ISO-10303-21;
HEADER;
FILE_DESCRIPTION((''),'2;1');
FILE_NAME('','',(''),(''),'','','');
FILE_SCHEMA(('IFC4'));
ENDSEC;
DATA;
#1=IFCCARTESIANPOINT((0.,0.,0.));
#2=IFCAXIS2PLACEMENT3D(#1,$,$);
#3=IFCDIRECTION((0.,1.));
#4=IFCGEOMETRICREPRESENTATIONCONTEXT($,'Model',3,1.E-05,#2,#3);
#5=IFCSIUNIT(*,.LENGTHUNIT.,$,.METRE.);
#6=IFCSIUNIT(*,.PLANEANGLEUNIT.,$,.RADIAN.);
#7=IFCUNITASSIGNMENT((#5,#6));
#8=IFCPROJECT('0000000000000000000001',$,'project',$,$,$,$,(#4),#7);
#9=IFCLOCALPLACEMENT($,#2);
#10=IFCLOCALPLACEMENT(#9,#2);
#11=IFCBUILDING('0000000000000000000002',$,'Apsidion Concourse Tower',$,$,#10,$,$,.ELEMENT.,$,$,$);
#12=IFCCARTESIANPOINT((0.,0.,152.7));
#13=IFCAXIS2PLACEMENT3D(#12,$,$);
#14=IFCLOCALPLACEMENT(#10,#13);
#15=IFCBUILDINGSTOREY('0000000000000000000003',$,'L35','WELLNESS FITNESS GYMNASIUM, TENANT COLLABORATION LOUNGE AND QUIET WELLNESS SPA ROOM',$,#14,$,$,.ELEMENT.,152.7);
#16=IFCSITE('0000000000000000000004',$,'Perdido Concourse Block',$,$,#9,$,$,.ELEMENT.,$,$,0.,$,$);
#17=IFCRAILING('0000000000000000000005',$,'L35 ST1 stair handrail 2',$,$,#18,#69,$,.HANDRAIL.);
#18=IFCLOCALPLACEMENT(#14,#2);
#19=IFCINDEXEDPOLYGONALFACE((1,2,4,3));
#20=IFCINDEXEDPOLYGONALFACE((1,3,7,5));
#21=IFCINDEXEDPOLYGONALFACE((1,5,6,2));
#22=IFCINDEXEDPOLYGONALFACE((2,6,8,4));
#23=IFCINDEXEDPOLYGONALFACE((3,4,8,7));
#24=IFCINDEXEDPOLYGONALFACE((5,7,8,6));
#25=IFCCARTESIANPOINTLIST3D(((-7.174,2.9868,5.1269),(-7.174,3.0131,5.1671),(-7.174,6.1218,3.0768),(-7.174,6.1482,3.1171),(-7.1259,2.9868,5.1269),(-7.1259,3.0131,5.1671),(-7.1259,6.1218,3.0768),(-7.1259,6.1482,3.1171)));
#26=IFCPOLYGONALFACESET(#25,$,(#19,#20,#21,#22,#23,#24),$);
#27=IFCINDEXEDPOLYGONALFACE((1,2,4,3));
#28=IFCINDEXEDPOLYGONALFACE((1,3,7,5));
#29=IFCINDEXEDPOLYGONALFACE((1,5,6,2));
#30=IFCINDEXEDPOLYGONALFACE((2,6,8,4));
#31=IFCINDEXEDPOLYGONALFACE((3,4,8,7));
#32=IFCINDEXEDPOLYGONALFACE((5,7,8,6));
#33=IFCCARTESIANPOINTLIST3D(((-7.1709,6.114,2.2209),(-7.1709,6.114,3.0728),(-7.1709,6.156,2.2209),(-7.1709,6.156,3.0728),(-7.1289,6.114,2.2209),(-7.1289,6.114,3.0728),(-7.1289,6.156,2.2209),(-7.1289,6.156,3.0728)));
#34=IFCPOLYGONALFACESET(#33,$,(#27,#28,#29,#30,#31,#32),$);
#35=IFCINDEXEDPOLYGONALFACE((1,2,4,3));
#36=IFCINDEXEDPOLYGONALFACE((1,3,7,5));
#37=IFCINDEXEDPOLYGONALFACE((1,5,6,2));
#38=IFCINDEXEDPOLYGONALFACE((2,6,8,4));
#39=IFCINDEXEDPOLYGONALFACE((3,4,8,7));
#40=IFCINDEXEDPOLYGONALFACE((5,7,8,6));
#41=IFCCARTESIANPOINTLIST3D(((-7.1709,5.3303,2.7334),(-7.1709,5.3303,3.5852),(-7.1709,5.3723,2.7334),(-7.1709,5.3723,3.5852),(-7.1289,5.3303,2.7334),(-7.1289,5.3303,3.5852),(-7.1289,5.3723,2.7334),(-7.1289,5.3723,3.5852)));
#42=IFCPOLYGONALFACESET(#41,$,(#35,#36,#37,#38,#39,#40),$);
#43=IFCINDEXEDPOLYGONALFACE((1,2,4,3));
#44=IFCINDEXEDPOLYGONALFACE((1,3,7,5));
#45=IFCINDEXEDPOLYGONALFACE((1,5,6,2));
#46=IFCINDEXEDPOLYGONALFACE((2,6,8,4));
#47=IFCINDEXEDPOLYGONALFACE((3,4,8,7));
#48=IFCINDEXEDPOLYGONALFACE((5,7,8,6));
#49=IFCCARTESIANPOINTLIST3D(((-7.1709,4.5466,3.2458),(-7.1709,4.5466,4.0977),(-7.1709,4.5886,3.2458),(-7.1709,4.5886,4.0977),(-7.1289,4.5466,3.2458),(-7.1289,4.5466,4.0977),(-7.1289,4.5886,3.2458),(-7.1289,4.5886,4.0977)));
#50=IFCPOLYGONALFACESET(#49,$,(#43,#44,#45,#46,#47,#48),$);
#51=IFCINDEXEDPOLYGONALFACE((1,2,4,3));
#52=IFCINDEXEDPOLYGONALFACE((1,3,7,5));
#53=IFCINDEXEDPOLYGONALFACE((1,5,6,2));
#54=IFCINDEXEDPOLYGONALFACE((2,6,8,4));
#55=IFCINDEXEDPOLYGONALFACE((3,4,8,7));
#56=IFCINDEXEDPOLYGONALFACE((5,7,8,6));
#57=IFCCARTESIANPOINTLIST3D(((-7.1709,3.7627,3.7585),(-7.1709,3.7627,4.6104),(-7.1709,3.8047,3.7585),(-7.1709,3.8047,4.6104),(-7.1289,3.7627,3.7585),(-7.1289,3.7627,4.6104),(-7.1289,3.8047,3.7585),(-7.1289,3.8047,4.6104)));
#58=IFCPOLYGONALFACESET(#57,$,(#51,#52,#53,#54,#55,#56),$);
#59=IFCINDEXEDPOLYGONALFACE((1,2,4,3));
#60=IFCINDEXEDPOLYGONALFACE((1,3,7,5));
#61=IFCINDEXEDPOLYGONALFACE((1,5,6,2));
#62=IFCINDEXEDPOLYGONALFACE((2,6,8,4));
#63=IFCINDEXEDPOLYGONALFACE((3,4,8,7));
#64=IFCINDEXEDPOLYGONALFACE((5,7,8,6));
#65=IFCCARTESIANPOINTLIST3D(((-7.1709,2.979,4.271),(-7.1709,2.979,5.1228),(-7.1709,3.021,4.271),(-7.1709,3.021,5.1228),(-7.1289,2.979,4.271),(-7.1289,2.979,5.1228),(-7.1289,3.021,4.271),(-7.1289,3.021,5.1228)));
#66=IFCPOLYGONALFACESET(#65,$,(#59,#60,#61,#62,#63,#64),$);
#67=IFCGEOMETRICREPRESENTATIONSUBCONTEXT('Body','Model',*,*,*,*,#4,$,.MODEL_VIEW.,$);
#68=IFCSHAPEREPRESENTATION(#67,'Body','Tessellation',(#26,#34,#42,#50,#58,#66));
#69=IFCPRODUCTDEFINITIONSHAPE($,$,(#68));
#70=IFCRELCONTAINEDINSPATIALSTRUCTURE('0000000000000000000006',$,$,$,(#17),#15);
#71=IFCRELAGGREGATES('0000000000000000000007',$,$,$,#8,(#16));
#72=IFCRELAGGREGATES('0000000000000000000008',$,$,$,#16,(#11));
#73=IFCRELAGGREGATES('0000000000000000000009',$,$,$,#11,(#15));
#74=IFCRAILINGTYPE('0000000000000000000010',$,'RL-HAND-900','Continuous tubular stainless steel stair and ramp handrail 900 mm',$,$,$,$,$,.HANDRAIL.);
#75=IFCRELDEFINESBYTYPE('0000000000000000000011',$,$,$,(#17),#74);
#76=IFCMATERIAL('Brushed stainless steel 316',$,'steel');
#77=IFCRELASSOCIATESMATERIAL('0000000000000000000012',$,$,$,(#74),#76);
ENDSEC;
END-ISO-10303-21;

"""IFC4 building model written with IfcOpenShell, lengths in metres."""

from ifc_helpers import new_model, si_unit, direction, frame, origin, origin_2d, place, context, subcontext, project, spatial, rectangle, extrude, material, type_object, element, save


model = new_model("IFC4")

# Units and contexts
model_context = context("Model", 3, precision=1e-05, world=origin(), true_north=direction((0.0, 1.0)))
body_context = subcontext(model_context, "Body", "Model", "MODEL_VIEW")
ifc_project = project(units=[si_unit("LENGTHUNIT", "METRE"), si_unit("PLANEANGLEUNIT", "RADIAN")], contexts=[model_context])

# Site, building, storey
site_placement = place(None, origin())
site = spatial("IfcSite", under=ifc_project, at=site_placement, Name="Perdido Concourse Block", CompositionType="ELEMENT", RefElevation=0.0)
building_placement = place(site_placement, origin())
building = spatial("IfcBuilding", under=site, at=building_placement, Name="Apsidion Concourse Tower", CompositionType="ELEMENT")
storey_placement = place(building_placement, frame((0.0, 0.0, 152.7)))
storey = spatial("IfcBuildingStorey", under=building, at=storey_placement, Name="L35", Description="WELLNESS FITNESS GYMNASIUM, TENANT COLLABORATION LOUNGE AND QUIET WELLNESS SPA ROOM", CompositionType="ELEMENT", Elevation=152.7)

# Shared definitions
ifc_material_1 = material(Name="Brushed stainless steel 316", Category="steel")

# Railing
railing_type_1 = type_object("IfcRailingType", Name="RL-HAND-900", Description="Continuous tubular stainless steel stair and ramp handrail 900 mm", PredefinedType="HANDRAIL", material=ifc_material_1)
railing_1_placement = place(storey_placement, frame((-7.1499, 6.135, 2.2209)))
element("IfcRailing", 1, at=railing_1_placement, inside=storey, type_object=railing_type_1, Name="L35 ST1 stair handrail 2", PredefinedType="HANDRAIL", context=body_context, shape_type="SweptSolid", body=[
    extrude(rectangle(XDim=0.0481, YDim=0.0481, at=origin_2d()), frame((0.0, 0.0, 0.876), z_axis=(0.0, -0.836941, 0.547293), x_axis=(1.0, 0.0, 0.0)), (0.0, 0.0, 1.0), 3.7458),
    extrude(rectangle(XDim=0.042, YDim=0.042, at=origin_2d()), origin(), (0.0, 0.0, 1.0), 0.8518),
    extrude(rectangle(XDim=0.042, YDim=0.042, at=origin_2d()), frame((0.0, -0.7837, 0.5125)), (0.0, 0.0, 1.0), 0.8518),
    extrude(rectangle(XDim=0.042, YDim=0.042, at=origin_2d()), frame((0.0, -1.5674, 1.0249)), (0.0, 0.0, 1.0), 0.8518),
    extrude(rectangle(XDim=0.042, YDim=0.042, at=origin_2d()), frame((0.0, -2.3513, 1.5376)), (0.0, 0.0, 1.0), 0.8518),
    extrude(rectangle(XDim=0.042, YDim=0.042, at=origin_2d()), frame((0.0, -3.135, 2.05)), (0.0, 0.0, 1.0), 0.8518),
])

save(model, "model.ifc")
